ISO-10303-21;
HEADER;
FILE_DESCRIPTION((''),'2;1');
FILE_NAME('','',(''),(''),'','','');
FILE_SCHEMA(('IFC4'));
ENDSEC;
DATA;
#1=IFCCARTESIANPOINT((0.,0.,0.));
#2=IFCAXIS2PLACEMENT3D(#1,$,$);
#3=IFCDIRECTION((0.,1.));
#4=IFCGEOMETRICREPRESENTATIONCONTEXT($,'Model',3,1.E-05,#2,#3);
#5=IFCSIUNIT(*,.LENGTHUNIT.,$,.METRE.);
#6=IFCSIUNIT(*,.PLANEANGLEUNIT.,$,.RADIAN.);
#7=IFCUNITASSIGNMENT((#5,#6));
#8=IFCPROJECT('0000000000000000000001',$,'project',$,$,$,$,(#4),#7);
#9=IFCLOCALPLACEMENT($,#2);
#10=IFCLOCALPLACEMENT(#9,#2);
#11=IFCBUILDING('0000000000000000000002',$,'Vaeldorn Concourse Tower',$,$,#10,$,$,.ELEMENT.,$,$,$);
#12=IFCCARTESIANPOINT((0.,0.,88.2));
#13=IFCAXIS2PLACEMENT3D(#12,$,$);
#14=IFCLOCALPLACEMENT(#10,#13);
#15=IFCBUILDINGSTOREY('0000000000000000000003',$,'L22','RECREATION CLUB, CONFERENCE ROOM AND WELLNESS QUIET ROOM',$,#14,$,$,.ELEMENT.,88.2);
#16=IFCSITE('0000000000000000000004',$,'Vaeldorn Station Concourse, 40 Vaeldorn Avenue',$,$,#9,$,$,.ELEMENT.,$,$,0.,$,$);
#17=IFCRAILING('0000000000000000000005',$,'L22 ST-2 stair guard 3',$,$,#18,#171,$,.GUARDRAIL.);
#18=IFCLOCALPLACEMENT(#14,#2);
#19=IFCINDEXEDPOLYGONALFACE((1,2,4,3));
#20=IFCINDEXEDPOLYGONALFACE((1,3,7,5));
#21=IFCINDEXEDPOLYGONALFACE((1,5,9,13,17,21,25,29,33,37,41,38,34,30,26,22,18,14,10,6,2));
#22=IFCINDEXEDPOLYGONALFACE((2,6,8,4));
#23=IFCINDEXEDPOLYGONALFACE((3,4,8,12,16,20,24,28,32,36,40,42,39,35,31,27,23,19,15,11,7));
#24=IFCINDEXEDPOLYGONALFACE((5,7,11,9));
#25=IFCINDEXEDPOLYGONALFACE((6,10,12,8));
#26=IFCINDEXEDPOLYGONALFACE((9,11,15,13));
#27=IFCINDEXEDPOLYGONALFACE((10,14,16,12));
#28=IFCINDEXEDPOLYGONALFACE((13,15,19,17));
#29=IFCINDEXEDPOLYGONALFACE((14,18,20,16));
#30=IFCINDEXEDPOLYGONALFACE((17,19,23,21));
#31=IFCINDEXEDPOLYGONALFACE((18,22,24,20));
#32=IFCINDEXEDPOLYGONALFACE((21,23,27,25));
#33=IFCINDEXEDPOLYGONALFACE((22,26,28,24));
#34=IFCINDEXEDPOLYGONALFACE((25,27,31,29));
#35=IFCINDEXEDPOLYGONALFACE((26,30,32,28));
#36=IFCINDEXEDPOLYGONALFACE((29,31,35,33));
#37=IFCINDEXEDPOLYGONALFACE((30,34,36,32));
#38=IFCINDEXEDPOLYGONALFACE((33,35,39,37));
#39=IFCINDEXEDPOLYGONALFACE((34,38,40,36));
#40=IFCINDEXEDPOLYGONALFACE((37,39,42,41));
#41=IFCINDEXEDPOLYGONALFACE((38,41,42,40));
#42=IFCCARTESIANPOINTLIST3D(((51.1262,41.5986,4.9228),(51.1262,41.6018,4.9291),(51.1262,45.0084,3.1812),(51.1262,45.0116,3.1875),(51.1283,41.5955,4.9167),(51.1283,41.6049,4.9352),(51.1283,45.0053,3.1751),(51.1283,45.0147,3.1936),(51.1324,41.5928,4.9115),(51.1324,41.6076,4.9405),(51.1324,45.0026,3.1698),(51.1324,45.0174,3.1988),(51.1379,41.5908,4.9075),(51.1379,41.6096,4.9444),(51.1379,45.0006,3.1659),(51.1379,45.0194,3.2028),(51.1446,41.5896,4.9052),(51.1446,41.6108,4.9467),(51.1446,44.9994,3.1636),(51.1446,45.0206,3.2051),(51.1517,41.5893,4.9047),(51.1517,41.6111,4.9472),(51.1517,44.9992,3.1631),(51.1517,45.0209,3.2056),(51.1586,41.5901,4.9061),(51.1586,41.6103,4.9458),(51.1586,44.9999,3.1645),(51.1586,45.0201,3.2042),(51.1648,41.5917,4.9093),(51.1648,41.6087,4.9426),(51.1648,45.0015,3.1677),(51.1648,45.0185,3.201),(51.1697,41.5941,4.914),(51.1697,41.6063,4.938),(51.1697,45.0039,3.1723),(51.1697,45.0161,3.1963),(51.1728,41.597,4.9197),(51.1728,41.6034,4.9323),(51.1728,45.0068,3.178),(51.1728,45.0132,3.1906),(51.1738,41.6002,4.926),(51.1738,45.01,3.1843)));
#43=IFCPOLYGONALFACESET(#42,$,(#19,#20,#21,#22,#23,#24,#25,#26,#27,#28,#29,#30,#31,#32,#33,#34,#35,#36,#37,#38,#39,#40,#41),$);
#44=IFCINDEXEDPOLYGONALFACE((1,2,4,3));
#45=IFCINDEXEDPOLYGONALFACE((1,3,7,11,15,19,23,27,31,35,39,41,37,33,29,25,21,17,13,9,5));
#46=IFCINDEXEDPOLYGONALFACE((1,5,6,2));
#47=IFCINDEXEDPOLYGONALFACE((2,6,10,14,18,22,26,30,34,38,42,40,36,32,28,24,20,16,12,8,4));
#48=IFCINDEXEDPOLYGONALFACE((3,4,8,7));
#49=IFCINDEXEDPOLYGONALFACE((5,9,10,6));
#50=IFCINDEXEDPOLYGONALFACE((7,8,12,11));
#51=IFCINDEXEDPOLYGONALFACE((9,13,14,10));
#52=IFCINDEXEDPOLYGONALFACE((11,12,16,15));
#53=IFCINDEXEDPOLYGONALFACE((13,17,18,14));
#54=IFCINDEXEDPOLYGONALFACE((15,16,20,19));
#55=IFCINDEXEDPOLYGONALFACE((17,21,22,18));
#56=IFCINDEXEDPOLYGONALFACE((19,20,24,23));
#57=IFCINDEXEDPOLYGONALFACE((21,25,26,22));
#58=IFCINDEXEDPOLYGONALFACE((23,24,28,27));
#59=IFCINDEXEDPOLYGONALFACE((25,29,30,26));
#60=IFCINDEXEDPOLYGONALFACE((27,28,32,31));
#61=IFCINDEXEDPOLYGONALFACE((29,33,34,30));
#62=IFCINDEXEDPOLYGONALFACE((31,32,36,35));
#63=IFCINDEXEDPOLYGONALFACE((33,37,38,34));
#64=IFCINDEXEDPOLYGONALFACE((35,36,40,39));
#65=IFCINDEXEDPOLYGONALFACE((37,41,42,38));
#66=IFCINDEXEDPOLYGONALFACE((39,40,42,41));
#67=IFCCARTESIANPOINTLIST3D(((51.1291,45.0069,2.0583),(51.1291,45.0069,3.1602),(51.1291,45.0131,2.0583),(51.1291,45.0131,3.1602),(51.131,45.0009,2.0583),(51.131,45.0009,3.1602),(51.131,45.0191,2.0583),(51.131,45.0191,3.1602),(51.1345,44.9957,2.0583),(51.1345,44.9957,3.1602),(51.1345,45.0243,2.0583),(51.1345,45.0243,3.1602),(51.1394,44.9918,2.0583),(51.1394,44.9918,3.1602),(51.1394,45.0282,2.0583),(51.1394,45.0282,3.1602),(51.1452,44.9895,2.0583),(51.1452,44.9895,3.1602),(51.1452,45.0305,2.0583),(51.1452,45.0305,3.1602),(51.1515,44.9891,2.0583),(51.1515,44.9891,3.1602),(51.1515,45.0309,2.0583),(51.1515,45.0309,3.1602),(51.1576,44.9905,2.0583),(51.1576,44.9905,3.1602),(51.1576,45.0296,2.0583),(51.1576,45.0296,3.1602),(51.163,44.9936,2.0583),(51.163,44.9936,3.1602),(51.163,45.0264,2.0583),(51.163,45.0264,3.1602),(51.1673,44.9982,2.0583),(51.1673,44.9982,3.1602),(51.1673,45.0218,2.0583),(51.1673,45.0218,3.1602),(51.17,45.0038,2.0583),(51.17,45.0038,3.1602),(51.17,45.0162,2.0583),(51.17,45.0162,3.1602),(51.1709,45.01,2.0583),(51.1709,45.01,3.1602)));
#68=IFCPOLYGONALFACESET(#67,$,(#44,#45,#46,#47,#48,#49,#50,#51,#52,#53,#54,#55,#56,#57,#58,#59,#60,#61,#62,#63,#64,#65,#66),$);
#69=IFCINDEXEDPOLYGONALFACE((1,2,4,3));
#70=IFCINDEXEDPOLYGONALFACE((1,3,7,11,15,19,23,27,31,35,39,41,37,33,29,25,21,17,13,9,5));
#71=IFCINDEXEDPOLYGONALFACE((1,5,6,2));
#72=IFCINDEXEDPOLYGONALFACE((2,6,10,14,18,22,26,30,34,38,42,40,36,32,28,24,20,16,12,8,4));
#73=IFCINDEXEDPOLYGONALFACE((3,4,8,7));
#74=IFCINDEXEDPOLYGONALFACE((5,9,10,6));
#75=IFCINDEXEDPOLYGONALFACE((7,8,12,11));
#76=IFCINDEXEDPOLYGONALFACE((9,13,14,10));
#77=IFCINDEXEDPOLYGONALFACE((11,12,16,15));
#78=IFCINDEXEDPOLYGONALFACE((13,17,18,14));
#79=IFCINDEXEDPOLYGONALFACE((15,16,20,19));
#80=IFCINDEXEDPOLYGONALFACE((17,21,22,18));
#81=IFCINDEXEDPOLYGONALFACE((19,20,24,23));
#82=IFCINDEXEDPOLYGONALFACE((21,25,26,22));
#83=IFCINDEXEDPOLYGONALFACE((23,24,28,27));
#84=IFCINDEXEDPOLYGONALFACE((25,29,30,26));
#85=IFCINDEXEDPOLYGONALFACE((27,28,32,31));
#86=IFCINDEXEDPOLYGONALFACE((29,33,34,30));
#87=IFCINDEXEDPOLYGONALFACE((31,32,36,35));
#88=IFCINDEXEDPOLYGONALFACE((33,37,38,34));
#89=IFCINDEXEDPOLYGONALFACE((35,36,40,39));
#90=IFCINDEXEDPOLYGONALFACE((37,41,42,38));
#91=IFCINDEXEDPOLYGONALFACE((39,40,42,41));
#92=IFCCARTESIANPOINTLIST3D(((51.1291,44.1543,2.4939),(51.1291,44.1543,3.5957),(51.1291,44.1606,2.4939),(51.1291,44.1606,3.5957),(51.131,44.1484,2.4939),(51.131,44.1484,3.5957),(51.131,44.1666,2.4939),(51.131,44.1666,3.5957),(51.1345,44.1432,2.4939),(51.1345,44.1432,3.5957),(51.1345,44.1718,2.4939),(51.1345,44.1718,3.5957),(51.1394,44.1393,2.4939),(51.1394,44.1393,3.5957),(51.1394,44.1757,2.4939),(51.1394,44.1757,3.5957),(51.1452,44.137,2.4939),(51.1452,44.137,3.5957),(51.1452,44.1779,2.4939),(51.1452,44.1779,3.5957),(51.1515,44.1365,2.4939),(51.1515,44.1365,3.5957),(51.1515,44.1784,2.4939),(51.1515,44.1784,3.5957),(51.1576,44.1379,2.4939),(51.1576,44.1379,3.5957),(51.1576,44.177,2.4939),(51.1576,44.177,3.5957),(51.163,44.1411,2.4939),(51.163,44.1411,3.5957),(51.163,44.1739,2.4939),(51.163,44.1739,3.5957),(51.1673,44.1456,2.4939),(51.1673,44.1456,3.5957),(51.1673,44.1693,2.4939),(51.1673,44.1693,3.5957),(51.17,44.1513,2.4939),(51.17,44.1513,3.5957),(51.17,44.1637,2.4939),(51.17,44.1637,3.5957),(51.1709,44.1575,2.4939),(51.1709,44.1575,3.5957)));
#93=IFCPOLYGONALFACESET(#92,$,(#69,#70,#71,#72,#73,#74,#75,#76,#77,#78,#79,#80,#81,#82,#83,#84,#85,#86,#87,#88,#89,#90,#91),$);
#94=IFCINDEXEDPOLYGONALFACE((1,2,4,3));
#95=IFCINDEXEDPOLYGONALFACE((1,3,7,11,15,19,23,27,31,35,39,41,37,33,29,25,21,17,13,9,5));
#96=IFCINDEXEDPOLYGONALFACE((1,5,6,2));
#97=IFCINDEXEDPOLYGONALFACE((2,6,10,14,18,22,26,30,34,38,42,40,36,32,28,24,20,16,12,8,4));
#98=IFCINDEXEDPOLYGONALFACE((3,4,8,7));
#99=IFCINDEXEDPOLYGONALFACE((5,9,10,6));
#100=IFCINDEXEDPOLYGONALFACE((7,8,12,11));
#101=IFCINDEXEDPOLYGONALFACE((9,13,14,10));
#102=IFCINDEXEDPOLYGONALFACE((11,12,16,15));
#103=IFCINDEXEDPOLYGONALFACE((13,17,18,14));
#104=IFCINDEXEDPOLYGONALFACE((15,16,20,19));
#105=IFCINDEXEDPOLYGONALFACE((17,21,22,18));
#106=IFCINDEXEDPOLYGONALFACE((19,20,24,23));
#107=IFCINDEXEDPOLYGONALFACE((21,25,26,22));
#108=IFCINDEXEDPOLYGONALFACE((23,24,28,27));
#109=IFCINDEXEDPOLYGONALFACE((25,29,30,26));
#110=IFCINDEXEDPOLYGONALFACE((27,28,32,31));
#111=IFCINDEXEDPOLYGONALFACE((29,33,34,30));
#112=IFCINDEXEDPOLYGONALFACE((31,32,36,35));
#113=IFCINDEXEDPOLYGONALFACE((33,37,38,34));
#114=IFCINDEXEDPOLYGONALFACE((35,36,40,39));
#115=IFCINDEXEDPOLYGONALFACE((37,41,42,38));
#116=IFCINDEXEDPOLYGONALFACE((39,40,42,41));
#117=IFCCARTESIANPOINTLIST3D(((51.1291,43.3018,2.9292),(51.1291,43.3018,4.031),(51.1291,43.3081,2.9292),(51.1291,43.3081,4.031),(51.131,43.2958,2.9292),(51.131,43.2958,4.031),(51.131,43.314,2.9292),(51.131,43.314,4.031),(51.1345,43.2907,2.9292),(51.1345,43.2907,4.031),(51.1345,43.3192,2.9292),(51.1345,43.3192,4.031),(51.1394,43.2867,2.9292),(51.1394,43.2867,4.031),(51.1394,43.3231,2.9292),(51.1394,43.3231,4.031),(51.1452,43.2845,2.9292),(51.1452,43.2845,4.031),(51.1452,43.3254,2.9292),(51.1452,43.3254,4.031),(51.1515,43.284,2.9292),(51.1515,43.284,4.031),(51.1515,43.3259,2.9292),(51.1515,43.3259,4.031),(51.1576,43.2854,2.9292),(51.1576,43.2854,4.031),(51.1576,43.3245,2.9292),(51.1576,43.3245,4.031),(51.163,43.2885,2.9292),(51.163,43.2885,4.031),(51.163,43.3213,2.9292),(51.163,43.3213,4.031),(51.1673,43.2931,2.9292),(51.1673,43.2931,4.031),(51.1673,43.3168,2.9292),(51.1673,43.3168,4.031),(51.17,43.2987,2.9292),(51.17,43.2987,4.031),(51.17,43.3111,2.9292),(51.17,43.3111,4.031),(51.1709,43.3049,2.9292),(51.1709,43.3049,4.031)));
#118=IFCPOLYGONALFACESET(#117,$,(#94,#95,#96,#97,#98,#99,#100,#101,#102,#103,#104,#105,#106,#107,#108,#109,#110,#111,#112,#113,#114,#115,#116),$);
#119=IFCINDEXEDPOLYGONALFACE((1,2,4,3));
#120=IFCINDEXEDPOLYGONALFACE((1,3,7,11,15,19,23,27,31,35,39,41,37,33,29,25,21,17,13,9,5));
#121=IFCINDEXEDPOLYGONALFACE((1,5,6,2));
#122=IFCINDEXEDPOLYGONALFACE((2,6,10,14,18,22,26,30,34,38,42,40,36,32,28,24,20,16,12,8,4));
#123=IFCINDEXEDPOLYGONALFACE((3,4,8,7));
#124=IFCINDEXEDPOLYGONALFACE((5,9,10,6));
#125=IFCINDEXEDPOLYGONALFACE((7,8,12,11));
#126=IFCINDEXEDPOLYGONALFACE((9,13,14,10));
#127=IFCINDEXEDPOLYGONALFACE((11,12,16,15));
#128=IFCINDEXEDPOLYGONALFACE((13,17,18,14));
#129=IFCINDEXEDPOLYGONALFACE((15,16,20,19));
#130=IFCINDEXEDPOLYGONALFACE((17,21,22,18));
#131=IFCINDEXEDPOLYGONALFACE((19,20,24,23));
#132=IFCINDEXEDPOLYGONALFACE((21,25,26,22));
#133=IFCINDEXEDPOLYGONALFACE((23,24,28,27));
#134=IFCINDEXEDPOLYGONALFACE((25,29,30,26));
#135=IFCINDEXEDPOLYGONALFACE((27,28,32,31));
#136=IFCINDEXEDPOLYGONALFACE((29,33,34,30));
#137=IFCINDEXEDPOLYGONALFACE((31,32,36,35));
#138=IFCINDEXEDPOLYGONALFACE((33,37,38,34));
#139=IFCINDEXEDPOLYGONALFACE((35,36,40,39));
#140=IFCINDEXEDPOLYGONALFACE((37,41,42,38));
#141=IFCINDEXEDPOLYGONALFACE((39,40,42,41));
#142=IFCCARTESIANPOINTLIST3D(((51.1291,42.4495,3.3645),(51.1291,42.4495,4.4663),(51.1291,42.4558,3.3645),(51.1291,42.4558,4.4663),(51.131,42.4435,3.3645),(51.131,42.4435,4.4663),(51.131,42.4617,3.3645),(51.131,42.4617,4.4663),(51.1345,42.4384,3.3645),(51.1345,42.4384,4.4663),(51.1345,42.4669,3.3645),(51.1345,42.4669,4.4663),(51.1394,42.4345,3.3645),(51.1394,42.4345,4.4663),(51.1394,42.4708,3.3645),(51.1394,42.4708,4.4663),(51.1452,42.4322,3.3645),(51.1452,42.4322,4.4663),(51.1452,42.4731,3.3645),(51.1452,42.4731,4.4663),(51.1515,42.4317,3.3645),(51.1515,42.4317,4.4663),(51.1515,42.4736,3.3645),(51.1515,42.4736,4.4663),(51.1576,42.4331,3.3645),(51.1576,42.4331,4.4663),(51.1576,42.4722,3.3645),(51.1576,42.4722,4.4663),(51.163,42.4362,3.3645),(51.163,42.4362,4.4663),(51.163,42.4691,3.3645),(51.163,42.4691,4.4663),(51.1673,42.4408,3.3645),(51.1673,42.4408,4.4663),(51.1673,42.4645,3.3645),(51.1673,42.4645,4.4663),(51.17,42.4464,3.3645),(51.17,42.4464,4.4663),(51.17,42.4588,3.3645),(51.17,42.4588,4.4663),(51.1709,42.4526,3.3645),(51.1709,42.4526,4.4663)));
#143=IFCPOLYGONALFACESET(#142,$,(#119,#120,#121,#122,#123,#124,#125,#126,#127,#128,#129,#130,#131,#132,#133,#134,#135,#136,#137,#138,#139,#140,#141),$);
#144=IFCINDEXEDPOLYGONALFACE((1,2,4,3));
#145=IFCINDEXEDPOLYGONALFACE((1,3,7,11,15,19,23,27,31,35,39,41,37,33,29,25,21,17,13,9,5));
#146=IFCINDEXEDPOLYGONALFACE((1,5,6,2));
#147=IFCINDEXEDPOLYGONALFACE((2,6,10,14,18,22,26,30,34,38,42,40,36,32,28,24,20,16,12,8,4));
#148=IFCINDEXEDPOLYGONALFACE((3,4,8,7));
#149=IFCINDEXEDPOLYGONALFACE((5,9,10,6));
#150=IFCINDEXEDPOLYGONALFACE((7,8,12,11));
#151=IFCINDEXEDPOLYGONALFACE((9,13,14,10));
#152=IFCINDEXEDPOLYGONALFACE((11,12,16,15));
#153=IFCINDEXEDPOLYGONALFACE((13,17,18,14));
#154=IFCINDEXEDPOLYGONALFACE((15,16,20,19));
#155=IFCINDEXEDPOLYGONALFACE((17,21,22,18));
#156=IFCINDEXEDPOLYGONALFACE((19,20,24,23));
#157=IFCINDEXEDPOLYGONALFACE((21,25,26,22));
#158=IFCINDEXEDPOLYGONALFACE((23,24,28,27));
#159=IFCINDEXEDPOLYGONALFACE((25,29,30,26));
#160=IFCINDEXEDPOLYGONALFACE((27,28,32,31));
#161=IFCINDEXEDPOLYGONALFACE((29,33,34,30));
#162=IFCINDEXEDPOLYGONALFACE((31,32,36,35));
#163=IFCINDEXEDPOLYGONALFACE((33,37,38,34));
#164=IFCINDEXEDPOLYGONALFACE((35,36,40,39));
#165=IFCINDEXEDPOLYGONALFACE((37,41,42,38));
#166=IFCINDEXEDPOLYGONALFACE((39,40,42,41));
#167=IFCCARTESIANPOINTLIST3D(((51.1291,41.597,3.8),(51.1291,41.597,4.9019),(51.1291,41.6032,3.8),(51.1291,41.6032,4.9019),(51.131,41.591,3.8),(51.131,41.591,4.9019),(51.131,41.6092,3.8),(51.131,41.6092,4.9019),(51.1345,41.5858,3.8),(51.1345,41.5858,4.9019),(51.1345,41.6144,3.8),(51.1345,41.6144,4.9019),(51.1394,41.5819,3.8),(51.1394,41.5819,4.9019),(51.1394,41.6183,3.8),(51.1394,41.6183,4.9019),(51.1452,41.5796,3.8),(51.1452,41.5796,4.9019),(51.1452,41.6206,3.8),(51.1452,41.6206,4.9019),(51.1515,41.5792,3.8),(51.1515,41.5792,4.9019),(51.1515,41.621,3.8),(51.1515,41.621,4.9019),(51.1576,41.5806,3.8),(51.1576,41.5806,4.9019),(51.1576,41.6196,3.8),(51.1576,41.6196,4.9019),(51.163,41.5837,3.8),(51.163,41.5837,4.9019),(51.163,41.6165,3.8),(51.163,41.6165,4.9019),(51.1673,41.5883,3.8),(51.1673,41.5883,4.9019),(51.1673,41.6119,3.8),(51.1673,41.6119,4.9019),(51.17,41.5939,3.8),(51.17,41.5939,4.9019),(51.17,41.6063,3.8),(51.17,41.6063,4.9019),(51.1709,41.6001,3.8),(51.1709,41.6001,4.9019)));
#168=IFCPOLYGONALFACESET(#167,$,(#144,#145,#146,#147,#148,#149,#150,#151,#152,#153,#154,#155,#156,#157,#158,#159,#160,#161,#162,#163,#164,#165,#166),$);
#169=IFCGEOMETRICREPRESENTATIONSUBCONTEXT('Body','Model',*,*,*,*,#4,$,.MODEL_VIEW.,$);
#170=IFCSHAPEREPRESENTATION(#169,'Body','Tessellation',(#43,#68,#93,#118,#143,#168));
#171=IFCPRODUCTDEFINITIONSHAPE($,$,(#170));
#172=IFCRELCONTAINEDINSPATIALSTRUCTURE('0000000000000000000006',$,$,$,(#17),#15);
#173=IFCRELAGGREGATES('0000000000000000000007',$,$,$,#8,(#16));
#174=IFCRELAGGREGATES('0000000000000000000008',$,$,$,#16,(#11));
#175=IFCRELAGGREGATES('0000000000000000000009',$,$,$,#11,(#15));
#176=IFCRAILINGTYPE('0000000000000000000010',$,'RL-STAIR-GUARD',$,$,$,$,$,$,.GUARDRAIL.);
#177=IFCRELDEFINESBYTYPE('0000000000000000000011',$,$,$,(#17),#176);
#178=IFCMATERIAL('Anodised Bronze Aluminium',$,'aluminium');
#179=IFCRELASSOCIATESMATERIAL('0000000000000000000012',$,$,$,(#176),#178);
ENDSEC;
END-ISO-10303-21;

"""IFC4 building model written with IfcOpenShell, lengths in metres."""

from ifc_helpers import new_model, si_unit, direction, frame, origin, origin_2d, place, context, subcontext, project, spatial, circle, extrude, material, type_object, element, save


model = new_model("IFC4")

# Units and contexts
model_context = context("Model", 3, precision=1e-05, world=origin(), true_north=direction((0.0, 1.0)))
body_context = subcontext(model_context, "Body", "Model", "MODEL_VIEW")
ifc_project = project(units=[si_unit("LENGTHUNIT", "METRE"), si_unit("PLANEANGLEUNIT", "RADIAN")], contexts=[model_context])

# Site, building, storey
site_placement = place(None, origin())
site = spatial("IfcSite", under=ifc_project, at=site_placement, Name="Vaeldorn Station Concourse, 40 Vaeldorn Avenue", CompositionType="ELEMENT", RefElevation=0.0)
building_placement = place(site_placement, origin())
building = spatial("IfcBuilding", under=site, at=building_placement, Name="Vaeldorn Concourse Tower", CompositionType="ELEMENT")
storey_placement = place(building_placement, frame((0.0, 0.0, 88.2)))
storey = spatial("IfcBuildingStorey", under=building, at=storey_placement, Name="L22", Description="RECREATION CLUB, CONFERENCE ROOM AND WELLNESS QUIET ROOM", CompositionType="ELEMENT", Elevation=88.2)

# Shared definitions
ifc_material_1 = material(Name="Anodised Bronze Aluminium", Category="aluminium")

# Railing
railing_type_1 = type_object("IfcRailingType", Name="RL-STAIR-GUARD", PredefinedType="GUARDRAIL", material=ifc_material_1)
railing_1_placement = place(storey_placement, frame((51.1499, 45.01, 2.0583)))
element("IfcRailing", 1, at=railing_1_placement, inside=storey, type_object=railing_type_1, Name="L22 ST-2 stair guard 3", PredefinedType="GUARDRAIL", context=body_context, shape_type="SweptSolid", body=[
    extrude(circle(Radius=0.0239, at=origin_2d()), frame((0.0, 0.0, 1.126), z_axis=(0.0, -0.890556, 0.454874), x_axis=(1.0, 0.0, 0.0)), (0.0, 0.0, 1.0), 3.8289),
    extrude(circle(Radius=0.021, at=origin_2d()), origin(), (0.0, 0.0, 1.0), 1.1018),
    extrude(circle(Radius=0.021, at=origin_2d()), frame((0.0, -0.8525, 0.4355)), (0.0, 0.0, 1.0), 1.1018),
    extrude(circle(Radius=0.021, at=origin_2d()), frame((0.0, -1.7051, 0.8708)), (0.0, 0.0, 1.0), 1.1018),
    extrude(circle(Radius=0.021, at=origin_2d()), frame((0.0, -2.5574, 1.3062)), (0.0, 0.0, 1.0), 1.1018),
    extrude(circle(Radius=0.021, at=origin_2d()), frame((0.0, -3.4099, 1.7417)), (0.0, 0.0, 1.0), 1.1018),
])

save(model, "model.ifc")
